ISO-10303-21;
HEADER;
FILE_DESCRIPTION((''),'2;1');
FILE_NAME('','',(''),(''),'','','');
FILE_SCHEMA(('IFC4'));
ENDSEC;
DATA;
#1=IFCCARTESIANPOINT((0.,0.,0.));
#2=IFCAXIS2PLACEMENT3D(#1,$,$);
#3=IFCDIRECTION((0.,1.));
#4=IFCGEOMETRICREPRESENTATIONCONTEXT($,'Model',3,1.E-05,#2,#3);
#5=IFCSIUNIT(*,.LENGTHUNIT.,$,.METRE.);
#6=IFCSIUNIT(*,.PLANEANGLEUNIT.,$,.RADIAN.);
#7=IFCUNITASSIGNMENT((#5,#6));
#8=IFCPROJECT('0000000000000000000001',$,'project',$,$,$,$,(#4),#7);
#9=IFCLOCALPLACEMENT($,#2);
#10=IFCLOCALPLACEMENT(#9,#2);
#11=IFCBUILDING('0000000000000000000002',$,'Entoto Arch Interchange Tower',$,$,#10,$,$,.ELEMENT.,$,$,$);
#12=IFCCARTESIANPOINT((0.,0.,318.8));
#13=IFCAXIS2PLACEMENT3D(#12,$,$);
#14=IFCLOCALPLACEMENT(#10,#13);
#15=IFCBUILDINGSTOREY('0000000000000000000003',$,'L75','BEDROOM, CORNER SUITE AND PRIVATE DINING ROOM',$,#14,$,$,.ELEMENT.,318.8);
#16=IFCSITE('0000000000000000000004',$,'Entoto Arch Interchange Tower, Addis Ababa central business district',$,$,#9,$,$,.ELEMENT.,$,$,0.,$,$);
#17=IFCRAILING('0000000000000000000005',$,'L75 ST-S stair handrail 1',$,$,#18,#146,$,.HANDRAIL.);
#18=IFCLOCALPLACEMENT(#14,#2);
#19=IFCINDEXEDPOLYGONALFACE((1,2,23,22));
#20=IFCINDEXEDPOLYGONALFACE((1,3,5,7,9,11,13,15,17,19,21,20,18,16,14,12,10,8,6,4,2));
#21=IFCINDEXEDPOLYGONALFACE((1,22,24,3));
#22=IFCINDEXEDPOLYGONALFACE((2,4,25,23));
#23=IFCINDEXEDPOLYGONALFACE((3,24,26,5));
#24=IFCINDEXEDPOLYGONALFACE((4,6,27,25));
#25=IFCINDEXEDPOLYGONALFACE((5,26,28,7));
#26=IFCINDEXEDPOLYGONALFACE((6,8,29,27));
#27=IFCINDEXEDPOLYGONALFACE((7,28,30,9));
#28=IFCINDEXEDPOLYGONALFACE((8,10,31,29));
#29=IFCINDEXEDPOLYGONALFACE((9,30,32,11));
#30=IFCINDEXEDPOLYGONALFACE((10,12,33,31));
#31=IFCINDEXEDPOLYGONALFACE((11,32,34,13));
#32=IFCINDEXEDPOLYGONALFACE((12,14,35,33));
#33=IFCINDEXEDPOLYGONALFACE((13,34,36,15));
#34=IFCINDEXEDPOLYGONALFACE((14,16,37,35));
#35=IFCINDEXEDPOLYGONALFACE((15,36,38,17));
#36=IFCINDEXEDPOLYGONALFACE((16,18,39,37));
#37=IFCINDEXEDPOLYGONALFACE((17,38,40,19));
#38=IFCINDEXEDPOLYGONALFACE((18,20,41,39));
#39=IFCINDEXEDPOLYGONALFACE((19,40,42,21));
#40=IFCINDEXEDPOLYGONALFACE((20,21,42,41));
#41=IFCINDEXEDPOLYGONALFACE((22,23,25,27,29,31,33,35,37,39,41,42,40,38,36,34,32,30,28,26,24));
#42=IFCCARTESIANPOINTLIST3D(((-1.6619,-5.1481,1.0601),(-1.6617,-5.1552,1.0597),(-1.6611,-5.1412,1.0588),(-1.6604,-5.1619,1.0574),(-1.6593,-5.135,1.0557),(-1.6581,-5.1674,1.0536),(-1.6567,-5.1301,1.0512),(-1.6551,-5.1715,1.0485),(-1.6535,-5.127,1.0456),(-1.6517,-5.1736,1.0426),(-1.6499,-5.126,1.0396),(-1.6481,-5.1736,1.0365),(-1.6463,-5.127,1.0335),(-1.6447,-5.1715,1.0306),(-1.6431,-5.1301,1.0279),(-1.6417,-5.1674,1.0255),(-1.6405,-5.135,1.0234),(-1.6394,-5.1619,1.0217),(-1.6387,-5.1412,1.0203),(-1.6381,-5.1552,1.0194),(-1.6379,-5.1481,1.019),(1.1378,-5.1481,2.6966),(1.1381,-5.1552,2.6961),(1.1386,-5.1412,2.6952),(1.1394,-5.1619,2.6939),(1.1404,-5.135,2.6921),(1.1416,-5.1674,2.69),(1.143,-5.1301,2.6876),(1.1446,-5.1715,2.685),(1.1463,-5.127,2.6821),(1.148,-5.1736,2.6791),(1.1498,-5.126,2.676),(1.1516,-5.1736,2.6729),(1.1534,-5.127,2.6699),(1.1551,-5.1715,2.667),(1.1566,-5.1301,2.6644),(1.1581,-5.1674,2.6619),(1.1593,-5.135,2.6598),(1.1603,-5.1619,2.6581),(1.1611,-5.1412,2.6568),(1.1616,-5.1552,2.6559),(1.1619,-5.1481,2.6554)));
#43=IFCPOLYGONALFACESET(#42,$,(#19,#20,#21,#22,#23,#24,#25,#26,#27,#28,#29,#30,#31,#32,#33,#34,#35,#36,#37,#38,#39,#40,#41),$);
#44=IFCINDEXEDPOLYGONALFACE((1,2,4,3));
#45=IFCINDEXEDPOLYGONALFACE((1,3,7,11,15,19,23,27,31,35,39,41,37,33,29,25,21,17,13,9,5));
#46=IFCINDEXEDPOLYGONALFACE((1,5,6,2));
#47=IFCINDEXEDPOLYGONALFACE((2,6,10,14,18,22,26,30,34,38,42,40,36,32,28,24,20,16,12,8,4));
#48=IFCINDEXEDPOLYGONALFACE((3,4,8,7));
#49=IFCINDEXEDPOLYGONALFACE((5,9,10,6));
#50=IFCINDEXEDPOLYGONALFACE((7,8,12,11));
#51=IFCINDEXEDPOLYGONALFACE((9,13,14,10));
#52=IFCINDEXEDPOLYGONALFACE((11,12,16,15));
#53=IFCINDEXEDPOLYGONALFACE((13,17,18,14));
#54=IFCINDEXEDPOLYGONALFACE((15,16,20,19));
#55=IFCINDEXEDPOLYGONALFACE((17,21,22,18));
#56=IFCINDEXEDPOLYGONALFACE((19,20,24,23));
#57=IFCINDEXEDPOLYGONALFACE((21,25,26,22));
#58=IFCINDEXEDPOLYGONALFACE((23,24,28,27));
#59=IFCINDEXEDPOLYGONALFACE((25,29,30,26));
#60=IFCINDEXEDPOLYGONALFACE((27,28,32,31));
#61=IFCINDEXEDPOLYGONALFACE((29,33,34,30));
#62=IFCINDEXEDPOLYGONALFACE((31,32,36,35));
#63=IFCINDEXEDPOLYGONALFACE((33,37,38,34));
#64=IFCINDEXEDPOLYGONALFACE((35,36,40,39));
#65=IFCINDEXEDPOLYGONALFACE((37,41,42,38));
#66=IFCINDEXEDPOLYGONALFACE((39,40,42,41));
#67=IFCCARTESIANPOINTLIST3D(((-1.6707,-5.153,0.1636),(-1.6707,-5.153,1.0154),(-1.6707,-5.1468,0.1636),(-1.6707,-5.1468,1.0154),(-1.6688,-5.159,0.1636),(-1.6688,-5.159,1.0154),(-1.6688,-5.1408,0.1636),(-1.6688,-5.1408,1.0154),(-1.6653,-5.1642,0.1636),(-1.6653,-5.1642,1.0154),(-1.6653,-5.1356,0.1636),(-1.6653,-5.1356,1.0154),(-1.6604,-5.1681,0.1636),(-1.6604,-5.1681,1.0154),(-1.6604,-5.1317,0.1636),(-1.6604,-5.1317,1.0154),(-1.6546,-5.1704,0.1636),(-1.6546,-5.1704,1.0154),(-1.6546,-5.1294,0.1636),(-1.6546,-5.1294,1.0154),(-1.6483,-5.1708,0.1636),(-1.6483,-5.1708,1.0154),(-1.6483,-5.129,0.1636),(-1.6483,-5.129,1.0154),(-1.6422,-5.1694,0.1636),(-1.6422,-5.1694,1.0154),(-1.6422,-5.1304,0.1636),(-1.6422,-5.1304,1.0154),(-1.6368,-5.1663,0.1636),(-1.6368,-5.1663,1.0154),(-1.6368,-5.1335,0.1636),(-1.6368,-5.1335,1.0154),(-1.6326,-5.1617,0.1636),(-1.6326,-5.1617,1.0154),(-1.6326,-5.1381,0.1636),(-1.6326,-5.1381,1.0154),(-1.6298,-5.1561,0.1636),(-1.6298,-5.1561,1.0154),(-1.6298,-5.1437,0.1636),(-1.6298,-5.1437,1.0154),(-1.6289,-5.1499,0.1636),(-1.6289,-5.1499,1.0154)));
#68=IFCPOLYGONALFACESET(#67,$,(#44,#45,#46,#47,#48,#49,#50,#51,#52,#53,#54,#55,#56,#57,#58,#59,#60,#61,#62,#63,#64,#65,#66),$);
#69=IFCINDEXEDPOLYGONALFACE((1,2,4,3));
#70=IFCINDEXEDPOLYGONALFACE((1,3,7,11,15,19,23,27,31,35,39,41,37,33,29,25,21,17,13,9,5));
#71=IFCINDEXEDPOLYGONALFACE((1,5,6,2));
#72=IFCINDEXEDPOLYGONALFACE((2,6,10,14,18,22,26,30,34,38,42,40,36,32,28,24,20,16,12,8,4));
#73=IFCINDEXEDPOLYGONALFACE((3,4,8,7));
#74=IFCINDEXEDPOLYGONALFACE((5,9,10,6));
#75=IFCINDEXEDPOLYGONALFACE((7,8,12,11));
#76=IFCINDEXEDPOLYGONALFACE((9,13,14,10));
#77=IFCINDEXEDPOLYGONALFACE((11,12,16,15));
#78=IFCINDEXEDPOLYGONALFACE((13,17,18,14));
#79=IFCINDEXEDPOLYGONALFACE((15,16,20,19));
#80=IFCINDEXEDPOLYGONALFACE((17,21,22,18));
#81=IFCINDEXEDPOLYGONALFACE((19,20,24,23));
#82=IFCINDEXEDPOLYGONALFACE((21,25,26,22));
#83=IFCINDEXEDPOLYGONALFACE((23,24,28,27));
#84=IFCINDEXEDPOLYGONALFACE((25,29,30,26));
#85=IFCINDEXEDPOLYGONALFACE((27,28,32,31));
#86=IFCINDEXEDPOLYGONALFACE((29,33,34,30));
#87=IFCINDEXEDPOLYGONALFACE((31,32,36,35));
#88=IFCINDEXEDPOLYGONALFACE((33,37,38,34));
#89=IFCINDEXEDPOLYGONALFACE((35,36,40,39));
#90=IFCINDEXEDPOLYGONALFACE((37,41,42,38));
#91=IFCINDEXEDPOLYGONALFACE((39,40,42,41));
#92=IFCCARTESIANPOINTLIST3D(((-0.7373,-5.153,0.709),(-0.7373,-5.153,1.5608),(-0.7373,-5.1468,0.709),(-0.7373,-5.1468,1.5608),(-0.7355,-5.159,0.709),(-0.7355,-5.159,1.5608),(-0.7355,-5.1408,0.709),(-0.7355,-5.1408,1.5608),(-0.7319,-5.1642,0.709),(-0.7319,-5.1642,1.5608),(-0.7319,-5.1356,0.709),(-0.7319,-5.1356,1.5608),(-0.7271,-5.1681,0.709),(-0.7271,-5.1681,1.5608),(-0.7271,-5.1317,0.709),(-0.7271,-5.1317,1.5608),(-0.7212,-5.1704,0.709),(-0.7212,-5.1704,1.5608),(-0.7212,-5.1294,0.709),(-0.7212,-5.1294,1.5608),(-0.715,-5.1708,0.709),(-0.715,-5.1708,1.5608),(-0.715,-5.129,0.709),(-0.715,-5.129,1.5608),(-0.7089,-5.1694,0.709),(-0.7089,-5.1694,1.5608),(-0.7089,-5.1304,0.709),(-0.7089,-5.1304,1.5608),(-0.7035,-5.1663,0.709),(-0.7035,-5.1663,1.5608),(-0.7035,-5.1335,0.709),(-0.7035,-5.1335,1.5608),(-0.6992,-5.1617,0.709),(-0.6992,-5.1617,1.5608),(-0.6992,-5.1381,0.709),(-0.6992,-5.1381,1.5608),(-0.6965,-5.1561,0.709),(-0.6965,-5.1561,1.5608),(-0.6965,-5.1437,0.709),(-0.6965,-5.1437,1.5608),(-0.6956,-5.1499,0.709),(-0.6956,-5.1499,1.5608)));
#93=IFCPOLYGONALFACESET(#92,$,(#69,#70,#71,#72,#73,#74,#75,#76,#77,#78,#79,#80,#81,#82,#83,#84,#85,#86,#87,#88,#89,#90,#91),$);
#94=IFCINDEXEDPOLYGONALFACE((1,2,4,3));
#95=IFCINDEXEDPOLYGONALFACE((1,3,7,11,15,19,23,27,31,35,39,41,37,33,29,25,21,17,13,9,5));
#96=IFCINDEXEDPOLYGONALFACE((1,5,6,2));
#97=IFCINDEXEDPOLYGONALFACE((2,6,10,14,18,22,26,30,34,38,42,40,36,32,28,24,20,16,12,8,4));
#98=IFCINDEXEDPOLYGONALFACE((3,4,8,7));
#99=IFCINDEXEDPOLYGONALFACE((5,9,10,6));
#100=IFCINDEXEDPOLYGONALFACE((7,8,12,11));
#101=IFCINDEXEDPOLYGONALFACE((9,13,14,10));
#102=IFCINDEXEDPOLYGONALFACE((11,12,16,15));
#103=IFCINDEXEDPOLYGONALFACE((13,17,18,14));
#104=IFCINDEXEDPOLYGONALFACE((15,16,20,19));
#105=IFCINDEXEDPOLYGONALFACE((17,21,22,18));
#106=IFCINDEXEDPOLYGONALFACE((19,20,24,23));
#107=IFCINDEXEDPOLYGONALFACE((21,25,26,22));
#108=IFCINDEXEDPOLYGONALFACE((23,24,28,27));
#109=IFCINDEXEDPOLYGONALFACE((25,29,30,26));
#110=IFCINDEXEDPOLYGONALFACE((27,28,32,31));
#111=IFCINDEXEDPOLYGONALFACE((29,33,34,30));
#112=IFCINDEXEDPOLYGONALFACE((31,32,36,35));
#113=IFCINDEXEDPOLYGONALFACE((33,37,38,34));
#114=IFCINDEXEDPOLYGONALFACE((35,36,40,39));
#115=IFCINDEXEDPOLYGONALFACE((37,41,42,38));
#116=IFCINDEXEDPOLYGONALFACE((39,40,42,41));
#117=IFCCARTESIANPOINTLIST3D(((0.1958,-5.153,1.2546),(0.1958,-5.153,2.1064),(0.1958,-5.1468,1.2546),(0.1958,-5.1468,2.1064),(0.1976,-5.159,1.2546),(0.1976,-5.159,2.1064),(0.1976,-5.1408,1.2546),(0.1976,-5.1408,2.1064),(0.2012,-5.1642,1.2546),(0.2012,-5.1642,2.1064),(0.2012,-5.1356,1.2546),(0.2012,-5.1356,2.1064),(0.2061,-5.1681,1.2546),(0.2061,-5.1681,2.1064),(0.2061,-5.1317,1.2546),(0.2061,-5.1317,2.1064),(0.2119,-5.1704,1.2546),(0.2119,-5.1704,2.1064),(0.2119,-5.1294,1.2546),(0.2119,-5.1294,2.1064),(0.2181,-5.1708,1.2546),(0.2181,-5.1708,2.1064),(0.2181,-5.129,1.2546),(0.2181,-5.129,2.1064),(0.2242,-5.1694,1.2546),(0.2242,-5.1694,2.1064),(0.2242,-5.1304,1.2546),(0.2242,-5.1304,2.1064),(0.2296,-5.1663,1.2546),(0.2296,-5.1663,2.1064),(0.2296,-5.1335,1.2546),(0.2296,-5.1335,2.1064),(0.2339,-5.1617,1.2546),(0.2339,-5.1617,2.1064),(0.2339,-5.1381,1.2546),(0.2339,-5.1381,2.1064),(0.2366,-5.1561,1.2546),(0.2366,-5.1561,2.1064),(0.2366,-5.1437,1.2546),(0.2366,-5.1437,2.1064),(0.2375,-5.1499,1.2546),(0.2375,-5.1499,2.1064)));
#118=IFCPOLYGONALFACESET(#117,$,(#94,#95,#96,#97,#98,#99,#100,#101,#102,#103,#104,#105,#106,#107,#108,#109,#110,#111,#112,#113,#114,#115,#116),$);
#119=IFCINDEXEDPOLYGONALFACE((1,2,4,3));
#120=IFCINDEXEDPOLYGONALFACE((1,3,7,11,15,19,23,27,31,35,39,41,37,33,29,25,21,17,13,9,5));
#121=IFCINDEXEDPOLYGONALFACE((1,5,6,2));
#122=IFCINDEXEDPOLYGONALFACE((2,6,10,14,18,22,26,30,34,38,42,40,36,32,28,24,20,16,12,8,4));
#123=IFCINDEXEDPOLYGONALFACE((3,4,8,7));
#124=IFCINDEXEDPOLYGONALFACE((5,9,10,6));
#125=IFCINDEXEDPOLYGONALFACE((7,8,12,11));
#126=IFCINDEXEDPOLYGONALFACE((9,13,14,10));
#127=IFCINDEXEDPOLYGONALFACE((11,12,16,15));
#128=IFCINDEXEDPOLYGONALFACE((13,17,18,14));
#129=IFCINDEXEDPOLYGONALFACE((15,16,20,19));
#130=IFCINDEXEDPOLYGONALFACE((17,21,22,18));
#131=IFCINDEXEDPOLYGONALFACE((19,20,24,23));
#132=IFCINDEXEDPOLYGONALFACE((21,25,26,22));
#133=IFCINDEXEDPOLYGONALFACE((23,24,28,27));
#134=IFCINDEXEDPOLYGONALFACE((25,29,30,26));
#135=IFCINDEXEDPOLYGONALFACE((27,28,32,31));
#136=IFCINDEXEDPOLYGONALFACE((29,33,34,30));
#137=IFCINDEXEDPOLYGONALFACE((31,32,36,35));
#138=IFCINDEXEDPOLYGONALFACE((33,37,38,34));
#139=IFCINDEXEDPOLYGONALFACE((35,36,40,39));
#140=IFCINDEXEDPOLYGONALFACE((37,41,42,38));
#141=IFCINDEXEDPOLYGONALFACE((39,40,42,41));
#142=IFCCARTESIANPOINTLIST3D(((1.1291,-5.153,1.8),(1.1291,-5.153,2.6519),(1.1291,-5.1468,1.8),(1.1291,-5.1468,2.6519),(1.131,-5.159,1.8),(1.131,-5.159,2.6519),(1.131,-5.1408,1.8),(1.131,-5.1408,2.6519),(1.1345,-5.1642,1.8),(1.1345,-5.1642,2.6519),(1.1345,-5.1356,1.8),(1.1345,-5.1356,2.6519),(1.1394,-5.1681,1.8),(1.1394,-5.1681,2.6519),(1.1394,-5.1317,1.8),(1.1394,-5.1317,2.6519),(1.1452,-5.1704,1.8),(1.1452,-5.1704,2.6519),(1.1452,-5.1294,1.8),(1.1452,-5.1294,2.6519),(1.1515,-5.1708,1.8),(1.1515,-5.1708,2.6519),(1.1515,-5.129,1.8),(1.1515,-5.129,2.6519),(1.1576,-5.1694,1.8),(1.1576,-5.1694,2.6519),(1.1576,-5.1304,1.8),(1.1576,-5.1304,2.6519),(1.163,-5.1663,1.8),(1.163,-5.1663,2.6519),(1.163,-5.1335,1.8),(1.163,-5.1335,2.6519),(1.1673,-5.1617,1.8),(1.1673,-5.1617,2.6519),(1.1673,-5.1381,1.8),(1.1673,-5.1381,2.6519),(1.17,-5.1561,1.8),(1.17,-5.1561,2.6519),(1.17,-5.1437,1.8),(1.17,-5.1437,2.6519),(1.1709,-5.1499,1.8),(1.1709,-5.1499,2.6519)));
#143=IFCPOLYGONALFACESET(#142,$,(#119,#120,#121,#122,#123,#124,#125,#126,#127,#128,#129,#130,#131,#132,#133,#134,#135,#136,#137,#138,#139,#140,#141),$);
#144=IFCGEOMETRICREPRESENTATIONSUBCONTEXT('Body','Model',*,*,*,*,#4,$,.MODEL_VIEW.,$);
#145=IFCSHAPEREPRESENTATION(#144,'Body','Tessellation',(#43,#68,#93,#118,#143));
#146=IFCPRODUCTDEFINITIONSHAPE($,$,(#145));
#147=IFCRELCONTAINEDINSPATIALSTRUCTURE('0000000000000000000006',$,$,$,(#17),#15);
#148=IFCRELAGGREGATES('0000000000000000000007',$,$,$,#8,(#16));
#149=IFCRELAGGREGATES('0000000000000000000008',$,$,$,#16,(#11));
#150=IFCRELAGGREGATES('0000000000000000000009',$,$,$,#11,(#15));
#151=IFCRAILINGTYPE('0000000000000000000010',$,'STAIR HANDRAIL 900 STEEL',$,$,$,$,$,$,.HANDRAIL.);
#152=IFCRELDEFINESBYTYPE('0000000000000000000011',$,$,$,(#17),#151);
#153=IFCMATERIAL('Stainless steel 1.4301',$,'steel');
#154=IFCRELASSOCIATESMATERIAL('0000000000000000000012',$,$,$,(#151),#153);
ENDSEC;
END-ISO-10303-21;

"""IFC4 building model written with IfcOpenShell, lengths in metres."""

from ifc_helpers import new_model, si_unit, direction, frame, origin, origin_2d, place, context, subcontext, project, spatial, circle, extrude, material, type_object, element, save


model = new_model("IFC4")

# Units and contexts
model_context = context("Model", 3, precision=1e-05, world=origin(), true_north=direction((0.0, 1.0)))
body_context = subcontext(model_context, "Body", "Model", "MODEL_VIEW")
ifc_project = project(units=[si_unit("LENGTHUNIT", "METRE"), si_unit("PLANEANGLEUNIT", "RADIAN")], contexts=[model_context])

# Site, building, storey
site_placement = place(None, origin())
site = spatial("IfcSite", under=ifc_project, at=site_placement, Name="Entoto Arch Interchange Tower, Addis Ababa central business district", CompositionType="ELEMENT", RefElevation=0.0)
building_placement = place(site_placement, origin())
building = spatial("IfcBuilding", under=site, at=building_placement, Name="Entoto Arch Interchange Tower", CompositionType="ELEMENT")
storey_placement = place(building_placement, frame((0.0, 0.0, 318.8)))
storey = spatial("IfcBuildingStorey", under=building, at=storey_placement, Name="L75", Description="BEDROOM, CORNER SUITE AND PRIVATE DINING ROOM", CompositionType="ELEMENT", Elevation=318.8)

# Railing
ifc_material_1 = material(Name="Stainless steel 1.4301", Category="steel")
railing_type = type_object("IfcRailingType", Name="STAIR HANDRAIL 900 STEEL", PredefinedType="HANDRAIL", material=ifc_material_1)
railing_placement = place(storey_placement, frame((-1.6499, -5.1499, 0.1636)))
element("IfcRailing", 1, at=railing_placement, inside=storey, type_object=railing_type, Name="L75 ST-S stair handrail 1", PredefinedType="HANDRAIL", context=body_context, shape_type="SweptSolid", body=[
    extrude(circle(Radius=0.0239, at=origin_2d()), frame((0.0, 0.0, 0.876), z_axis=(0.863342, 0.0, 0.50462), x_axis=(0.0, 1.0, 0.0)), (0.0, 0.0, 1.0), 3.2429),
    extrude(circle(Radius=0.021, at=origin_2d()), origin(), (0.0, 0.0, 1.0), 0.8518),
    extrude(circle(Radius=0.021, at=origin_2d()), frame((0.9333, 0.0, 0.5454)), (0.0, 0.0, 1.0), 0.8518),
    extrude(circle(Radius=0.021, at=origin_2d()), frame((1.8665, 0.0, 1.0911)), (0.0, 0.0, 1.0), 0.8518),
    extrude(circle(Radius=0.021, at=origin_2d()), frame((2.7998, 0.0, 1.6365)), (0.0, 0.0, 1.0), 0.8518),
])

save(model, "model.ifc")
